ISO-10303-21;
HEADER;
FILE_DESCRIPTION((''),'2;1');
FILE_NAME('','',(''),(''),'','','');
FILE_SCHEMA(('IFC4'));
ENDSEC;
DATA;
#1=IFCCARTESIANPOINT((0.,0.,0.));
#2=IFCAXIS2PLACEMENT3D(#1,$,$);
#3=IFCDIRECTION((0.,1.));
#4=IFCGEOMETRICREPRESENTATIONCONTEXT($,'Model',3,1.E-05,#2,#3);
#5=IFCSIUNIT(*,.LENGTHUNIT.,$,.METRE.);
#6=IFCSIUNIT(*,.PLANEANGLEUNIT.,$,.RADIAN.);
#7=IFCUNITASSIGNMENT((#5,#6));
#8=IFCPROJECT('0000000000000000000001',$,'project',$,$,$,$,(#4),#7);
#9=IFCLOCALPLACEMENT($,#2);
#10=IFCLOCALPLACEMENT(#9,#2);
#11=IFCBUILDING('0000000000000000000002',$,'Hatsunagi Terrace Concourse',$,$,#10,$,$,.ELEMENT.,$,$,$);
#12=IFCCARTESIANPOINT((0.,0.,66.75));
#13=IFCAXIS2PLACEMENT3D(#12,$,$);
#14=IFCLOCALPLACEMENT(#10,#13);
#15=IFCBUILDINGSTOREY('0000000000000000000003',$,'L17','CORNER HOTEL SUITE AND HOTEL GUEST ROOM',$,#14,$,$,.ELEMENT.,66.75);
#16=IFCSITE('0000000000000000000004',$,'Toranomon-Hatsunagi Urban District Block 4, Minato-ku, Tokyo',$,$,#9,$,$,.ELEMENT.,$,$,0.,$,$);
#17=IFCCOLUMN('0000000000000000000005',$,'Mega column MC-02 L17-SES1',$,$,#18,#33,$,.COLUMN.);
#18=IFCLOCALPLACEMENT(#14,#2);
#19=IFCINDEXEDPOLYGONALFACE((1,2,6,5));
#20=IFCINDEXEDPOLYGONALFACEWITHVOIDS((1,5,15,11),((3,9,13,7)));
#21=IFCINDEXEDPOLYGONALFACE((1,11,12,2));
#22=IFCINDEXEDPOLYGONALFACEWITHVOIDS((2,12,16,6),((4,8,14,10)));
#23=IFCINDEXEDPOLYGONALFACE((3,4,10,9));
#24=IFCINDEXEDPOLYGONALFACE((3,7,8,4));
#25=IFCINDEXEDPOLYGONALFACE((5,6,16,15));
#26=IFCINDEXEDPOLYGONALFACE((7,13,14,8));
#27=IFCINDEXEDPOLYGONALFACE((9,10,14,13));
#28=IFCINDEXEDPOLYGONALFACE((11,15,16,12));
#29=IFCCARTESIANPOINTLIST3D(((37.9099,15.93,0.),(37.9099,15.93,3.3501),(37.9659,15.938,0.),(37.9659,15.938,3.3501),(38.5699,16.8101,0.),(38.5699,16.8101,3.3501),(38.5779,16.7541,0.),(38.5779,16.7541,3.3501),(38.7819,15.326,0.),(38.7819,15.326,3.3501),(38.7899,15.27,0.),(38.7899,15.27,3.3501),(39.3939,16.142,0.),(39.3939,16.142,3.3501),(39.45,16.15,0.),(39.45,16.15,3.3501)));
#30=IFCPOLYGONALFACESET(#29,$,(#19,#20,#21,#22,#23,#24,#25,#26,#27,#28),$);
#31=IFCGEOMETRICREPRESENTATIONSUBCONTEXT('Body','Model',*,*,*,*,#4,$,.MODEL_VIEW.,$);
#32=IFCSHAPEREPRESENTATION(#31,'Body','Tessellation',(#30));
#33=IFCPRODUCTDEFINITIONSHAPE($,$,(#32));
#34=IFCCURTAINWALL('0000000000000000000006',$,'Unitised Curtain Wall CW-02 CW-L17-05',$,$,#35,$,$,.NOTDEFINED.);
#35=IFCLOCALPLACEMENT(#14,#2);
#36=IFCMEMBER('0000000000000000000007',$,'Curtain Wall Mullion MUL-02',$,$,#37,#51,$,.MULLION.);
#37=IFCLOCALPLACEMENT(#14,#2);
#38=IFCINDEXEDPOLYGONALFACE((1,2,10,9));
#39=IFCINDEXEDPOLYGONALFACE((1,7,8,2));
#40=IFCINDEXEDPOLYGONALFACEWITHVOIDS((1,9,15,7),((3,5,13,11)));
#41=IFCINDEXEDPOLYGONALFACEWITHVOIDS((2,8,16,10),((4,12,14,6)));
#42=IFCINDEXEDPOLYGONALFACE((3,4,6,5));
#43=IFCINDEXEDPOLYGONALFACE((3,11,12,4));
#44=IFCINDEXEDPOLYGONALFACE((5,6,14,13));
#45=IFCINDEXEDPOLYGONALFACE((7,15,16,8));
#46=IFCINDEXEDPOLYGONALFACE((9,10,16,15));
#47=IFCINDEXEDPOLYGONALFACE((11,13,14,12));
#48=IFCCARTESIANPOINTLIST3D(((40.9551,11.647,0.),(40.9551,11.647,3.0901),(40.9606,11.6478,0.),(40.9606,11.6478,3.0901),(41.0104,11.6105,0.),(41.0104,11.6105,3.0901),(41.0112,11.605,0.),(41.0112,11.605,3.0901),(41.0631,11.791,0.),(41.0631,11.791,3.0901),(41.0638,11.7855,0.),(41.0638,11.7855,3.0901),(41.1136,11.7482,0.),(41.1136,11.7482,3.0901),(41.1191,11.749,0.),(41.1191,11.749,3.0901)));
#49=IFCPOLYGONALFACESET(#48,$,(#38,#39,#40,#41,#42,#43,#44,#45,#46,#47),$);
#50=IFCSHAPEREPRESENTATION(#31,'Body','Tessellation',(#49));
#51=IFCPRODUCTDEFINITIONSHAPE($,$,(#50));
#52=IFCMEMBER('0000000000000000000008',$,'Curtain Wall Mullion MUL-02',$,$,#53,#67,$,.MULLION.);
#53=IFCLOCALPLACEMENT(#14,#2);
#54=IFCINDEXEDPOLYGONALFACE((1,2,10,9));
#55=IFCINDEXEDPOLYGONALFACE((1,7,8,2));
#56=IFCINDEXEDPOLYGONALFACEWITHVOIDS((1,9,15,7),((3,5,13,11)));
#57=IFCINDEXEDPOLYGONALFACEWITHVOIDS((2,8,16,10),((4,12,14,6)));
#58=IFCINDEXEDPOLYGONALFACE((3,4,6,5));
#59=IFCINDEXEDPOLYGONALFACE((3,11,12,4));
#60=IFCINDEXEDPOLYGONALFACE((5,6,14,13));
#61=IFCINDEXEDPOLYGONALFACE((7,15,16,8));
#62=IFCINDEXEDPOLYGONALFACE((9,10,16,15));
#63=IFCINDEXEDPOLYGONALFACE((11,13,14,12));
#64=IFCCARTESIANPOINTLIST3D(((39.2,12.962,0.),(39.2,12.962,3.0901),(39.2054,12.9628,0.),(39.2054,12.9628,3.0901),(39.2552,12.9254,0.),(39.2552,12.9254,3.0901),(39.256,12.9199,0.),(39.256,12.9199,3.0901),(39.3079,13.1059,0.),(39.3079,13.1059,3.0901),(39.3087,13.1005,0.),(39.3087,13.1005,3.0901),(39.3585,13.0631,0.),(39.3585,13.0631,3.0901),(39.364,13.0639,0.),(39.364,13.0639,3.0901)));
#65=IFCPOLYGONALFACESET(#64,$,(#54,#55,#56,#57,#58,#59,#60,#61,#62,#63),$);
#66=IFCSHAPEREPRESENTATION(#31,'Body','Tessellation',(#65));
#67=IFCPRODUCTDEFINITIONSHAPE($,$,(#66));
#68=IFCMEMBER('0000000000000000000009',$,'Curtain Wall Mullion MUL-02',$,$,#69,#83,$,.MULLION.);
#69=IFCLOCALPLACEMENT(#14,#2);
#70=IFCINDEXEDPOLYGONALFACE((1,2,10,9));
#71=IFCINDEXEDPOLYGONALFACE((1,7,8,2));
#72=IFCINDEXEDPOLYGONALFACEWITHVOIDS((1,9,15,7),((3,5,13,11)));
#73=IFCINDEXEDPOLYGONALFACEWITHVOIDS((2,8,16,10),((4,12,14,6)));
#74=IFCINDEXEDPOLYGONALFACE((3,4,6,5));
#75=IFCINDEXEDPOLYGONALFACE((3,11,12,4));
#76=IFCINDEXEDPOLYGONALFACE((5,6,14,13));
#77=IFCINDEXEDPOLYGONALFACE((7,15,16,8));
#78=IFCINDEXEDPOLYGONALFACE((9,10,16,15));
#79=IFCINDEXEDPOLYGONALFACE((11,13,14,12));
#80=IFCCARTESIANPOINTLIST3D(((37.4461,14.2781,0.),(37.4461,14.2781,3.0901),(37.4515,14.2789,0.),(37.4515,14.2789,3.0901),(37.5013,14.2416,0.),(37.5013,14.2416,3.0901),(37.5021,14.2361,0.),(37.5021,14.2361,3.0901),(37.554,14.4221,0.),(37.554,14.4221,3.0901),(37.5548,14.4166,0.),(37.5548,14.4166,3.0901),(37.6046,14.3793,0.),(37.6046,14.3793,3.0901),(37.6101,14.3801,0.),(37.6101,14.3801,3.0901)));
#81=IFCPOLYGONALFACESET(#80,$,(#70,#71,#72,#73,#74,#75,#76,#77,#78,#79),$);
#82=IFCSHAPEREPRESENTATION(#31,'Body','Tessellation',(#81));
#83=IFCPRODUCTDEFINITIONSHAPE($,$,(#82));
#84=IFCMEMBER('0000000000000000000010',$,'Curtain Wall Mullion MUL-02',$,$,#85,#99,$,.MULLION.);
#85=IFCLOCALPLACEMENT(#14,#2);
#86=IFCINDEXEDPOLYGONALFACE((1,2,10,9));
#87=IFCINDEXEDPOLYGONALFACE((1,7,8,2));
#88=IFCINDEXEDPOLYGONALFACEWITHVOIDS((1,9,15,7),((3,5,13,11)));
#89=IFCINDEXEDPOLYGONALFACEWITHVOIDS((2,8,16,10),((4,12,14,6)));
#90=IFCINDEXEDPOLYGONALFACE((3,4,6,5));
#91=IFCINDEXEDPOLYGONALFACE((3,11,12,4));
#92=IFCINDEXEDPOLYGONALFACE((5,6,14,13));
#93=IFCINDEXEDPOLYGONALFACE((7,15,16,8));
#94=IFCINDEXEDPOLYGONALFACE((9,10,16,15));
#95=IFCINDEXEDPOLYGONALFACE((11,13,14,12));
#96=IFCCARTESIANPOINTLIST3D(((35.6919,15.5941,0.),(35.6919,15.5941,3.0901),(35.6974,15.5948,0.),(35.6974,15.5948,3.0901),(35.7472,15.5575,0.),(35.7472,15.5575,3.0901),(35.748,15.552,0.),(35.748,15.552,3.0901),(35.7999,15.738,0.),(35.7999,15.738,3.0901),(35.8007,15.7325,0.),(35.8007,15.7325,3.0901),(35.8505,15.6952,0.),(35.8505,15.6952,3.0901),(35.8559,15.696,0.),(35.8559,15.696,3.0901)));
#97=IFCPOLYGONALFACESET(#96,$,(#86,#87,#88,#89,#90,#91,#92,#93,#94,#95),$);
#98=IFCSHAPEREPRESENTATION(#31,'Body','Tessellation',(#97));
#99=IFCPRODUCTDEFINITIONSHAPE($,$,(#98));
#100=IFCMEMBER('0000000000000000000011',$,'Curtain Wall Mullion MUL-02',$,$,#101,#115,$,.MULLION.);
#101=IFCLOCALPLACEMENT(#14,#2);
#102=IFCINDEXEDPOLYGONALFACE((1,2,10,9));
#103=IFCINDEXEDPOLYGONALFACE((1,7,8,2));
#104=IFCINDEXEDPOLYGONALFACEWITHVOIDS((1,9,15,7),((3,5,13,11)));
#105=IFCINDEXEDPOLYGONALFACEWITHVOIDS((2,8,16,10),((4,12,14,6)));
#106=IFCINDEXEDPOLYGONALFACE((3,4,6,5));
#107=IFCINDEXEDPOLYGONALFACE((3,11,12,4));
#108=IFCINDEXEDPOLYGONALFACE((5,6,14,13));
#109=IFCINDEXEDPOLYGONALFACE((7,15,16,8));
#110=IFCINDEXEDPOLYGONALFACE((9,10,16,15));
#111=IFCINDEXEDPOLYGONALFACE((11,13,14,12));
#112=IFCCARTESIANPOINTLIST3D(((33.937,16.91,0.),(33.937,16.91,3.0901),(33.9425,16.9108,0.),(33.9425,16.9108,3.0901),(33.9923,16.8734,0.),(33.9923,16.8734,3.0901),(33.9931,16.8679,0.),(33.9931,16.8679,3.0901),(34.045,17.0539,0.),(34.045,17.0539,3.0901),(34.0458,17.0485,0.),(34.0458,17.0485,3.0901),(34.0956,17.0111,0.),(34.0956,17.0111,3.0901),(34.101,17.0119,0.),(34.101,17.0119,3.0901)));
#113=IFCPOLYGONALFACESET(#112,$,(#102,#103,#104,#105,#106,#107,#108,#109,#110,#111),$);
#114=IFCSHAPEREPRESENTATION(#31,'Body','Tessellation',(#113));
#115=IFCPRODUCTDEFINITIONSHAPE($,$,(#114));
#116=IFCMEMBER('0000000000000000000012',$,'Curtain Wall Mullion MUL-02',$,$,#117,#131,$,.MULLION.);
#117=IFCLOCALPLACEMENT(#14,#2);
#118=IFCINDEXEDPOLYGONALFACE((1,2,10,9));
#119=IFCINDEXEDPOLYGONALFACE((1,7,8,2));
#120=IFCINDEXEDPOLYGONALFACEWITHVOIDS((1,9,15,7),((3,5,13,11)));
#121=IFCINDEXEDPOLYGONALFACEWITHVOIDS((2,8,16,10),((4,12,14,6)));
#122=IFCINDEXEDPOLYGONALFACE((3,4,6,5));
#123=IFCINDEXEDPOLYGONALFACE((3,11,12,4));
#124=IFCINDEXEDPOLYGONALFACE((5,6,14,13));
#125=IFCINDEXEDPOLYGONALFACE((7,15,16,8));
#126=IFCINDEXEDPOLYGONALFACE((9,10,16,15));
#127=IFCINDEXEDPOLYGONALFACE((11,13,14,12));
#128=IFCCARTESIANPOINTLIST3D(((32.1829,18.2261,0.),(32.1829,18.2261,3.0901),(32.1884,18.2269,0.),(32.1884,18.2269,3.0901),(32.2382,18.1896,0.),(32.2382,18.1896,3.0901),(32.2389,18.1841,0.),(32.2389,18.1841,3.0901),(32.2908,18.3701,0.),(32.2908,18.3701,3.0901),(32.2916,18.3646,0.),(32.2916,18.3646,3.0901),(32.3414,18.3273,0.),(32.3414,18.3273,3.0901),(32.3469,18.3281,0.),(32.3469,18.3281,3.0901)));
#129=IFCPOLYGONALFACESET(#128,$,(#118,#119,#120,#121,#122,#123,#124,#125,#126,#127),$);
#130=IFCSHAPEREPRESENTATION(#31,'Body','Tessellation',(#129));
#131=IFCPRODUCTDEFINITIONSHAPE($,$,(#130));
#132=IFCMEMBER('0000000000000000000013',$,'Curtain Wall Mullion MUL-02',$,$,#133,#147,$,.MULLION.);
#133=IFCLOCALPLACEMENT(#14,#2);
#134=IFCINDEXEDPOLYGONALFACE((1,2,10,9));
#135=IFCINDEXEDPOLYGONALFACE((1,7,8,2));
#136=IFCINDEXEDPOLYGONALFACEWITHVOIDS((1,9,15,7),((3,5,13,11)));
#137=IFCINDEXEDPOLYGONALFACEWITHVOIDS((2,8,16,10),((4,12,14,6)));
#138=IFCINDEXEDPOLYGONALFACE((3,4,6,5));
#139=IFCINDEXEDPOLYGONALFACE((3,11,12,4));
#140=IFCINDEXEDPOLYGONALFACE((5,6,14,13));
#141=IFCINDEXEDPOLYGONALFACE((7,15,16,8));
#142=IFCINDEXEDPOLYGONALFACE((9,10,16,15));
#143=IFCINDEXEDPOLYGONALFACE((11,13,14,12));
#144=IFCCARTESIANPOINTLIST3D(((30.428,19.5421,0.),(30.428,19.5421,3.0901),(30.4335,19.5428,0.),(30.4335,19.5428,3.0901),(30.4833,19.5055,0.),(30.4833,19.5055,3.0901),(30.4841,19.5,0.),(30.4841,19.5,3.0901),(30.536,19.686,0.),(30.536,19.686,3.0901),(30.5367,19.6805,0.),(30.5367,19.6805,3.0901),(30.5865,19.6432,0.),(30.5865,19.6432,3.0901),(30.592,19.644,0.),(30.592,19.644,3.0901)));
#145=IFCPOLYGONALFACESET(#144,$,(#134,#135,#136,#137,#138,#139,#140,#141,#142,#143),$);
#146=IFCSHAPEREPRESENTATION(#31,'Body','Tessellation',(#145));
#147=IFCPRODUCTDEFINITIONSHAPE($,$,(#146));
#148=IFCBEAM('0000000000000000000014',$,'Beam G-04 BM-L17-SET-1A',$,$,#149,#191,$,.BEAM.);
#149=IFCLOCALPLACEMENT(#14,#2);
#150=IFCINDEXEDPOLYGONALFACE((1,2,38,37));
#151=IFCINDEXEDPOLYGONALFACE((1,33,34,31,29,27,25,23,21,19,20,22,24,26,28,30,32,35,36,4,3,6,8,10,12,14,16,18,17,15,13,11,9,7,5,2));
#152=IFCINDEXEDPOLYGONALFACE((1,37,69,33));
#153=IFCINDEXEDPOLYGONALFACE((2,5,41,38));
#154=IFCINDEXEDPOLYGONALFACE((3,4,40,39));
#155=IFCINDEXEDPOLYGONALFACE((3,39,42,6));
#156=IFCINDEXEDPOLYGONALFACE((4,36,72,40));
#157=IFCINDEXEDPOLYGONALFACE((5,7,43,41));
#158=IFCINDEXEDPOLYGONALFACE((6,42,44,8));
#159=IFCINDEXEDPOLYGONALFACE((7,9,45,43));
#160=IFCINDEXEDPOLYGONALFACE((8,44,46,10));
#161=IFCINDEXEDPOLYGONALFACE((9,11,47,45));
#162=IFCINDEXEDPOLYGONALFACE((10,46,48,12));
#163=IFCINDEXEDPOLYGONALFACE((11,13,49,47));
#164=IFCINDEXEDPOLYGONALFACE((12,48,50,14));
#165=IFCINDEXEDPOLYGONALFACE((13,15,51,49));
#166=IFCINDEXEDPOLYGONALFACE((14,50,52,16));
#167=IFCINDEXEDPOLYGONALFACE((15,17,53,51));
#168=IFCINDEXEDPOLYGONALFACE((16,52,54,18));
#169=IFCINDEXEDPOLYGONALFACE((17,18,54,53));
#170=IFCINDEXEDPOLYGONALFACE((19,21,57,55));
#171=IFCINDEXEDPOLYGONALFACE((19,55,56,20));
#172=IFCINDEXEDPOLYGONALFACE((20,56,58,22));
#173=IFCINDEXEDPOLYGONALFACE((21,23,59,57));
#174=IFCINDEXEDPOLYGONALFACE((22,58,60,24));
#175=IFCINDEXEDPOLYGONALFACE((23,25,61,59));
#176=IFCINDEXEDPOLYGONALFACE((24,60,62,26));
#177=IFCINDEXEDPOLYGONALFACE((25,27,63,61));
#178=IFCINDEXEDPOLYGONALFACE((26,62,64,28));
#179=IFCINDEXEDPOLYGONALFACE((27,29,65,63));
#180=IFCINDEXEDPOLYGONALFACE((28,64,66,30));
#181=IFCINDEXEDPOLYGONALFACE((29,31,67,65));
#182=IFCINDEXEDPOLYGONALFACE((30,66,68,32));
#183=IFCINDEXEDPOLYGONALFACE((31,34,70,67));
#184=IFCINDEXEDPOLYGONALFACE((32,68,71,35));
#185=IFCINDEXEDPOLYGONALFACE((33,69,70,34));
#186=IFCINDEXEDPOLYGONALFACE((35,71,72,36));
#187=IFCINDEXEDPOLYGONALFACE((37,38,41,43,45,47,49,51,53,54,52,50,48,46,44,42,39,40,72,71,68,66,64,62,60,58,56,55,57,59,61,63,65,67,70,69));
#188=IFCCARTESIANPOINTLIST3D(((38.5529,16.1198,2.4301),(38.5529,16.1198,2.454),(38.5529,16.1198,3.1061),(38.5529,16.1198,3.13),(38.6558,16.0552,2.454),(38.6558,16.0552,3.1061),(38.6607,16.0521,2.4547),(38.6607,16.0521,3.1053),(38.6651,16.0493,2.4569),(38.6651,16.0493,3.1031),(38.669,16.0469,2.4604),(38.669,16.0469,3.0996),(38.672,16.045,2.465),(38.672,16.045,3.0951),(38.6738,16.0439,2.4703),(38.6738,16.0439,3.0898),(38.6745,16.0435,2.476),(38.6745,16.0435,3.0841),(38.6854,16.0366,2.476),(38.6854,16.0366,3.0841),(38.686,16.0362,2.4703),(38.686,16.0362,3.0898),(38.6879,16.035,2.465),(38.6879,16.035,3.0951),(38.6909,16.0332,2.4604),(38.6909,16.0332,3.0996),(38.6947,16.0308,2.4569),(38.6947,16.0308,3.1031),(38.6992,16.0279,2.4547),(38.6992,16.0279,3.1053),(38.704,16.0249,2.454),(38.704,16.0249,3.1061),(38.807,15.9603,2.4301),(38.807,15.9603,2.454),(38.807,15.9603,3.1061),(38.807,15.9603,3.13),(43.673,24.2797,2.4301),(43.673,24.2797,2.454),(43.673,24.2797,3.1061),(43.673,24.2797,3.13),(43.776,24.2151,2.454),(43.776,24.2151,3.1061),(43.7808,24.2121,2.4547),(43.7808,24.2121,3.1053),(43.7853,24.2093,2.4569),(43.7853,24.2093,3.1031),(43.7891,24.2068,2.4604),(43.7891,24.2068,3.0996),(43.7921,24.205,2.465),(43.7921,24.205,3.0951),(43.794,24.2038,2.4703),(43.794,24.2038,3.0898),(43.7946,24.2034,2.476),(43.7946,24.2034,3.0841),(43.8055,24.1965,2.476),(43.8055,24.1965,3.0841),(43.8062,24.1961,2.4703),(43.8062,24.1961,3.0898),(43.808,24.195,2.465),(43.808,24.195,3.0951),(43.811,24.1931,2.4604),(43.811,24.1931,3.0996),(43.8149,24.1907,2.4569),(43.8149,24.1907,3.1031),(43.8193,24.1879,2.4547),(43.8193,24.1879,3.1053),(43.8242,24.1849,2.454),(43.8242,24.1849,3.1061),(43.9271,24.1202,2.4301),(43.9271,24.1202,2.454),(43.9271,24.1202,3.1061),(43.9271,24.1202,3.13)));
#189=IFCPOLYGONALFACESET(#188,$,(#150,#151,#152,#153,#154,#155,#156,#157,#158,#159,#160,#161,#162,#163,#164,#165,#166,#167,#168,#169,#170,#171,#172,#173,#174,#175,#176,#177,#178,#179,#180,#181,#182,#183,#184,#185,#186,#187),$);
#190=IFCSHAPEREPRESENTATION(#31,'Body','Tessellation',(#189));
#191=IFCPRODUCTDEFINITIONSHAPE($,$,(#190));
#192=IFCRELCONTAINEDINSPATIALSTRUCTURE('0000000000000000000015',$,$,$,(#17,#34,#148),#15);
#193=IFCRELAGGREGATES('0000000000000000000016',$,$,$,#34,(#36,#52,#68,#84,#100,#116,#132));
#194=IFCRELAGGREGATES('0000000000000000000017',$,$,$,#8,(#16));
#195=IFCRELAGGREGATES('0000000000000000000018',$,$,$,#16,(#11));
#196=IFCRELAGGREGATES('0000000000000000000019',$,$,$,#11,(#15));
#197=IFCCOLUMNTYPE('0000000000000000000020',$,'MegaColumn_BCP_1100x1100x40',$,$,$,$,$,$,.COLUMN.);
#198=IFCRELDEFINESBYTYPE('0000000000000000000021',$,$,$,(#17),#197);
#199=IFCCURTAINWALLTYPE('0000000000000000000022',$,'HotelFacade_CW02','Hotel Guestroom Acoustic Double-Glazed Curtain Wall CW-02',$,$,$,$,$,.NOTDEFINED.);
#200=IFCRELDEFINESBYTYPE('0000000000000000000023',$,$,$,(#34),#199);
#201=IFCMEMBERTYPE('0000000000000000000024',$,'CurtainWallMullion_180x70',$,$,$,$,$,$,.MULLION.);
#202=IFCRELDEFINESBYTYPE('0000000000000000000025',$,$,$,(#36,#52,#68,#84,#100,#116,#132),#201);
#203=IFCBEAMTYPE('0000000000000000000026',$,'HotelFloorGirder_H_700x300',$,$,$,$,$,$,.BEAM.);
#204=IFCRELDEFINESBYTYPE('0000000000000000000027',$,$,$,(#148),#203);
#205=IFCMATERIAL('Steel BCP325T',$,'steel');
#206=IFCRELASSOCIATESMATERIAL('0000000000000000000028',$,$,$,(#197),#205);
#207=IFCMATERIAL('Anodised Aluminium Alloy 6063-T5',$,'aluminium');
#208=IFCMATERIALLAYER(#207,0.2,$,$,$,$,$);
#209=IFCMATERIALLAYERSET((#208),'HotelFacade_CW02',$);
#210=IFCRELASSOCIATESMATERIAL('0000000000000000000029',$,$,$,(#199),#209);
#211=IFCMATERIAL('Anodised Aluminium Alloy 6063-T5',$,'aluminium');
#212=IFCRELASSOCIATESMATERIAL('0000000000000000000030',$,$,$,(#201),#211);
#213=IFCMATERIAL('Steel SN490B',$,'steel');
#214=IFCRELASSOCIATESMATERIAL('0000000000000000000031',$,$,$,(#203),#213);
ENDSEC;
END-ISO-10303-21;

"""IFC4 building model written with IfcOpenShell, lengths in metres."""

from ifc_helpers import new_model, si_unit, direction, frame, origin, origin_2d, place, context, subcontext, project, spatial, hollow_rectangle, i_section, extrude, material, layer, layer_set, material_profile, profile_set, type_object, element, aggregate, save


model = new_model("IFC4")

# Units and contexts
model_context = context("Model", 3, precision=1e-05, world=origin(), true_north=direction((0.0, 1.0)))
body_context = subcontext(model_context, "Body", "Model", "MODEL_VIEW")
ifc_project = project(units=[si_unit("LENGTHUNIT", "METRE"), si_unit("PLANEANGLEUNIT", "RADIAN")], contexts=[model_context])

# Site, building, storey
site_placement = place(None, origin())
site = spatial("IfcSite", under=ifc_project, at=site_placement, Name="Toranomon-Hatsunagi Urban District Block 4, Minato-ku, Tokyo", CompositionType="ELEMENT", RefElevation=0.0)
building_placement = place(site_placement, origin())
building = spatial("IfcBuilding", under=site, at=building_placement, Name="Hatsunagi Terrace Concourse", CompositionType="ELEMENT")
storey_placement = place(building_placement, frame((0.0, 0.0, 66.75)))
storey = spatial("IfcBuildingStorey", under=building, at=storey_placement, Name="L17", Description="CORNER HOTEL SUITE AND HOTEL GUEST ROOM", CompositionType="ELEMENT", Elevation=66.75)

# Column
ifc_material_1 = material(Name="Steel BCP325T", Category="steel")
ifc_material_profile_1 = material_profile(ifc_material_1, hollow_rectangle(XDim=1.1001, YDim=1.1001, WallThickness=0.04, at=origin_2d()), Name="BCP-1100x1100x40")
ifc_profile_set_1 = profile_set([ifc_material_profile_1], Name="Steel BCP325T")
column_type = type_object("IfcColumnType", Name="MegaColumn_BCP_1100x1100x40", PredefinedType="COLUMN", material=ifc_profile_set_1)
column_placement = place(storey_placement, frame((38.6799, 16.04, 0.0), z_axis=(0.0, 0.0, 1.0), x_axis=(0.8, -0.6, 0.0)))
element("IfcColumn", 1, at=column_placement, inside=storey, type_object=column_type, Name="Mega column MC-02 L17-SES1", PredefinedType="COLUMN", context=body_context, shape_type="SweptSolid", body=[
    extrude(hollow_rectangle(XDim=1.1001, YDim=1.1001, WallThickness=0.04, at=origin_2d()), origin(), (0.0, 0.0, 1.0), 3.3501),
])

# Curtain wall, members
ifc_material_2 = material(Name="Anodised Aluminium Alloy 6063-T5", Category="aluminium")
ifc_layer_1 = layer(ifc_material_2, 0.2)
ifc_layer_set_1 = layer_set([ifc_layer_1], Name="HotelFacade_CW02")
curtain_wall_type = type_object("IfcCurtainWallType", Name="HotelFacade_CW02", Description="Hotel Guestroom Acoustic Double-Glazed Curtain Wall CW-02", PredefinedType="NOTDEFINED", material=ifc_layer_set_1)
curtain_wall_placement = place(storey_placement, origin())
curtain_wall = element("IfcCurtainWall", 2, at=curtain_wall_placement, inside=storey, type_object=curtain_wall_type, Name="Unitised Curtain Wall CW-02 CW-L17-05", PredefinedType="NOTDEFINED")
ifc_material_3 = material(Name="Anodised Aluminium Alloy 6063-T5", Category="aluminium")
ifc_material_profile_2 = material_profile(ifc_material_3, hollow_rectangle(XDim=0.0701, YDim=0.1799, WallThickness=0.0039, at=origin_2d()), Name="ALU-MUL-180x70x4")
ifc_profile_set_2 = profile_set([ifc_material_profile_2], Name="Anodised Aluminium Alloy 6063-T5")
member_type = type_object("IfcMemberType", Name="CurtainWallMullion_180x70", PredefinedType="MULLION", material=ifc_profile_set_2)
member_1_placement = place(storey_placement, frame((41.0371, 11.698, 0.0), z_axis=(0.0, 0.0, 1.0), x_axis=(-0.800003, 0.599996, 0.0)))
member_1 = element("IfcMember", 3, at=member_1_placement, type_object=member_type, Name="Curtain Wall Mullion MUL-02", PredefinedType="MULLION", context=body_context, shape_type="SweptSolid", body=[
    extrude(hollow_rectangle(XDim=0.0701, YDim=0.1799, WallThickness=0.0039, at=origin_2d()), origin(), (0.0, 0.0, 1.0), 3.0901),
])
member_2_placement = place(storey_placement, frame((39.282, 13.0129, 0.0), z_axis=(0.0, 0.0, 1.0), x_axis=(-0.800003, 0.599996, 0.0)))
member_2 = element("IfcMember", 4, at=member_2_placement, type_object=member_type, Name="Curtain Wall Mullion MUL-02", PredefinedType="MULLION", context=body_context, shape_type="SweptSolid", body=[
    extrude(hollow_rectangle(XDim=0.0701, YDim=0.1799, WallThickness=0.0039, at=origin_2d()), origin(), (0.0, 0.0, 1.0), 3.0901),
])
member_3_placement = place(storey_placement, frame((37.5281, 14.3291, 0.0), z_axis=(0.0, 0.0, 1.0), x_axis=(-0.800003, 0.599996, 0.0)))
member_3 = element("IfcMember", 5, at=member_3_placement, type_object=member_type, Name="Curtain Wall Mullion MUL-02", PredefinedType="MULLION", context=body_context, shape_type="SweptSolid", body=[
    extrude(hollow_rectangle(XDim=0.0701, YDim=0.1799, WallThickness=0.0039, at=origin_2d()), origin(), (0.0, 0.0, 1.0), 3.0901),
])
member_4_placement = place(storey_placement, frame((35.7739, 15.645, 0.0), z_axis=(0.0, 0.0, 1.0), x_axis=(-0.800003, 0.599996, 0.0)))
member_4 = element("IfcMember", 6, at=member_4_placement, type_object=member_type, Name="Curtain Wall Mullion MUL-02", PredefinedType="MULLION", context=body_context, shape_type="SweptSolid", body=[
    extrude(hollow_rectangle(XDim=0.0701, YDim=0.1799, WallThickness=0.0039, at=origin_2d()), origin(), (0.0, 0.0, 1.0), 3.0901),
])
member_5_placement = place(storey_placement, frame((34.019, 16.9609, 0.0), z_axis=(0.0, 0.0, 1.0), x_axis=(-0.800003, 0.599996, 0.0)))
member_5 = element("IfcMember", 7, at=member_5_placement, type_object=member_type, Name="Curtain Wall Mullion MUL-02", PredefinedType="MULLION", context=body_context, shape_type="SweptSolid", body=[
    extrude(hollow_rectangle(XDim=0.0701, YDim=0.1799, WallThickness=0.0039, at=origin_2d()), origin(), (0.0, 0.0, 1.0), 3.0901),
])
member_6_placement = place(storey_placement, frame((32.2649, 18.2771, 0.0), z_axis=(0.0, 0.0, 1.0), x_axis=(-0.800003, 0.599996, 0.0)))
member_6 = element("IfcMember", 8, at=member_6_placement, type_object=member_type, Name="Curtain Wall Mullion MUL-02", PredefinedType="MULLION", context=body_context, shape_type="SweptSolid", body=[
    extrude(hollow_rectangle(XDim=0.0701, YDim=0.1799, WallThickness=0.0039, at=origin_2d()), origin(), (0.0, 0.0, 1.0), 3.0901),
])
member_7_placement = place(storey_placement, frame((30.51, 19.593, 0.0), z_axis=(0.0, 0.0, 1.0), x_axis=(-0.800003, 0.599996, 0.0)))
member_7 = element("IfcMember", 9, at=member_7_placement, type_object=member_type, Name="Curtain Wall Mullion MUL-02", PredefinedType="MULLION", context=body_context, shape_type="SweptSolid", body=[
    extrude(hollow_rectangle(XDim=0.0701, YDim=0.1799, WallThickness=0.0039, at=origin_2d()), origin(), (0.0, 0.0, 1.0), 3.0901),
])

# Beam
ifc_material_4 = material(Name="Steel SN490B", Category="steel")
ifc_material_profile_3 = material_profile(ifc_material_4, i_section(OverallWidth=0.3, OverallDepth=0.7, WebThickness=0.0129, FlangeThickness=0.0239, FilletRadius=0.022, at=origin_2d()), Name="H-700x300x13x24")
ifc_profile_set_3 = profile_set([ifc_material_profile_3], Name="Steel SN490B")
beam_type_1 = type_object("IfcBeamType", Name="HotelFloorGirder_H_700x300", PredefinedType="BEAM", material=ifc_profile_set_3)
beam_1_placement = place(storey_placement, frame((38.6799, 16.04, 2.78), z_axis=(0.531504, 0.847056, 0.0), x_axis=(-0.847056, 0.531504, 0.0)))
element("IfcBeam", 10, at=beam_1_placement, inside=storey, type_object=beam_type_1, Name="Beam G-04 BM-L17-SET-1A", PredefinedType="BEAM", context=body_context, shape_type="SweptSolid", body=[
    extrude(i_section(OverallWidth=0.3, OverallDepth=0.7, WebThickness=0.0129, FlangeThickness=0.0239, FilletRadius=0.022, at=origin_2d()), origin(), (0.0, 0.0, 1.0), 9.6333),
])

aggregate(curtain_wall, [member_1, member_2, member_3, member_4, member_5, member_6, member_7])

save(model, "model.ifc")
